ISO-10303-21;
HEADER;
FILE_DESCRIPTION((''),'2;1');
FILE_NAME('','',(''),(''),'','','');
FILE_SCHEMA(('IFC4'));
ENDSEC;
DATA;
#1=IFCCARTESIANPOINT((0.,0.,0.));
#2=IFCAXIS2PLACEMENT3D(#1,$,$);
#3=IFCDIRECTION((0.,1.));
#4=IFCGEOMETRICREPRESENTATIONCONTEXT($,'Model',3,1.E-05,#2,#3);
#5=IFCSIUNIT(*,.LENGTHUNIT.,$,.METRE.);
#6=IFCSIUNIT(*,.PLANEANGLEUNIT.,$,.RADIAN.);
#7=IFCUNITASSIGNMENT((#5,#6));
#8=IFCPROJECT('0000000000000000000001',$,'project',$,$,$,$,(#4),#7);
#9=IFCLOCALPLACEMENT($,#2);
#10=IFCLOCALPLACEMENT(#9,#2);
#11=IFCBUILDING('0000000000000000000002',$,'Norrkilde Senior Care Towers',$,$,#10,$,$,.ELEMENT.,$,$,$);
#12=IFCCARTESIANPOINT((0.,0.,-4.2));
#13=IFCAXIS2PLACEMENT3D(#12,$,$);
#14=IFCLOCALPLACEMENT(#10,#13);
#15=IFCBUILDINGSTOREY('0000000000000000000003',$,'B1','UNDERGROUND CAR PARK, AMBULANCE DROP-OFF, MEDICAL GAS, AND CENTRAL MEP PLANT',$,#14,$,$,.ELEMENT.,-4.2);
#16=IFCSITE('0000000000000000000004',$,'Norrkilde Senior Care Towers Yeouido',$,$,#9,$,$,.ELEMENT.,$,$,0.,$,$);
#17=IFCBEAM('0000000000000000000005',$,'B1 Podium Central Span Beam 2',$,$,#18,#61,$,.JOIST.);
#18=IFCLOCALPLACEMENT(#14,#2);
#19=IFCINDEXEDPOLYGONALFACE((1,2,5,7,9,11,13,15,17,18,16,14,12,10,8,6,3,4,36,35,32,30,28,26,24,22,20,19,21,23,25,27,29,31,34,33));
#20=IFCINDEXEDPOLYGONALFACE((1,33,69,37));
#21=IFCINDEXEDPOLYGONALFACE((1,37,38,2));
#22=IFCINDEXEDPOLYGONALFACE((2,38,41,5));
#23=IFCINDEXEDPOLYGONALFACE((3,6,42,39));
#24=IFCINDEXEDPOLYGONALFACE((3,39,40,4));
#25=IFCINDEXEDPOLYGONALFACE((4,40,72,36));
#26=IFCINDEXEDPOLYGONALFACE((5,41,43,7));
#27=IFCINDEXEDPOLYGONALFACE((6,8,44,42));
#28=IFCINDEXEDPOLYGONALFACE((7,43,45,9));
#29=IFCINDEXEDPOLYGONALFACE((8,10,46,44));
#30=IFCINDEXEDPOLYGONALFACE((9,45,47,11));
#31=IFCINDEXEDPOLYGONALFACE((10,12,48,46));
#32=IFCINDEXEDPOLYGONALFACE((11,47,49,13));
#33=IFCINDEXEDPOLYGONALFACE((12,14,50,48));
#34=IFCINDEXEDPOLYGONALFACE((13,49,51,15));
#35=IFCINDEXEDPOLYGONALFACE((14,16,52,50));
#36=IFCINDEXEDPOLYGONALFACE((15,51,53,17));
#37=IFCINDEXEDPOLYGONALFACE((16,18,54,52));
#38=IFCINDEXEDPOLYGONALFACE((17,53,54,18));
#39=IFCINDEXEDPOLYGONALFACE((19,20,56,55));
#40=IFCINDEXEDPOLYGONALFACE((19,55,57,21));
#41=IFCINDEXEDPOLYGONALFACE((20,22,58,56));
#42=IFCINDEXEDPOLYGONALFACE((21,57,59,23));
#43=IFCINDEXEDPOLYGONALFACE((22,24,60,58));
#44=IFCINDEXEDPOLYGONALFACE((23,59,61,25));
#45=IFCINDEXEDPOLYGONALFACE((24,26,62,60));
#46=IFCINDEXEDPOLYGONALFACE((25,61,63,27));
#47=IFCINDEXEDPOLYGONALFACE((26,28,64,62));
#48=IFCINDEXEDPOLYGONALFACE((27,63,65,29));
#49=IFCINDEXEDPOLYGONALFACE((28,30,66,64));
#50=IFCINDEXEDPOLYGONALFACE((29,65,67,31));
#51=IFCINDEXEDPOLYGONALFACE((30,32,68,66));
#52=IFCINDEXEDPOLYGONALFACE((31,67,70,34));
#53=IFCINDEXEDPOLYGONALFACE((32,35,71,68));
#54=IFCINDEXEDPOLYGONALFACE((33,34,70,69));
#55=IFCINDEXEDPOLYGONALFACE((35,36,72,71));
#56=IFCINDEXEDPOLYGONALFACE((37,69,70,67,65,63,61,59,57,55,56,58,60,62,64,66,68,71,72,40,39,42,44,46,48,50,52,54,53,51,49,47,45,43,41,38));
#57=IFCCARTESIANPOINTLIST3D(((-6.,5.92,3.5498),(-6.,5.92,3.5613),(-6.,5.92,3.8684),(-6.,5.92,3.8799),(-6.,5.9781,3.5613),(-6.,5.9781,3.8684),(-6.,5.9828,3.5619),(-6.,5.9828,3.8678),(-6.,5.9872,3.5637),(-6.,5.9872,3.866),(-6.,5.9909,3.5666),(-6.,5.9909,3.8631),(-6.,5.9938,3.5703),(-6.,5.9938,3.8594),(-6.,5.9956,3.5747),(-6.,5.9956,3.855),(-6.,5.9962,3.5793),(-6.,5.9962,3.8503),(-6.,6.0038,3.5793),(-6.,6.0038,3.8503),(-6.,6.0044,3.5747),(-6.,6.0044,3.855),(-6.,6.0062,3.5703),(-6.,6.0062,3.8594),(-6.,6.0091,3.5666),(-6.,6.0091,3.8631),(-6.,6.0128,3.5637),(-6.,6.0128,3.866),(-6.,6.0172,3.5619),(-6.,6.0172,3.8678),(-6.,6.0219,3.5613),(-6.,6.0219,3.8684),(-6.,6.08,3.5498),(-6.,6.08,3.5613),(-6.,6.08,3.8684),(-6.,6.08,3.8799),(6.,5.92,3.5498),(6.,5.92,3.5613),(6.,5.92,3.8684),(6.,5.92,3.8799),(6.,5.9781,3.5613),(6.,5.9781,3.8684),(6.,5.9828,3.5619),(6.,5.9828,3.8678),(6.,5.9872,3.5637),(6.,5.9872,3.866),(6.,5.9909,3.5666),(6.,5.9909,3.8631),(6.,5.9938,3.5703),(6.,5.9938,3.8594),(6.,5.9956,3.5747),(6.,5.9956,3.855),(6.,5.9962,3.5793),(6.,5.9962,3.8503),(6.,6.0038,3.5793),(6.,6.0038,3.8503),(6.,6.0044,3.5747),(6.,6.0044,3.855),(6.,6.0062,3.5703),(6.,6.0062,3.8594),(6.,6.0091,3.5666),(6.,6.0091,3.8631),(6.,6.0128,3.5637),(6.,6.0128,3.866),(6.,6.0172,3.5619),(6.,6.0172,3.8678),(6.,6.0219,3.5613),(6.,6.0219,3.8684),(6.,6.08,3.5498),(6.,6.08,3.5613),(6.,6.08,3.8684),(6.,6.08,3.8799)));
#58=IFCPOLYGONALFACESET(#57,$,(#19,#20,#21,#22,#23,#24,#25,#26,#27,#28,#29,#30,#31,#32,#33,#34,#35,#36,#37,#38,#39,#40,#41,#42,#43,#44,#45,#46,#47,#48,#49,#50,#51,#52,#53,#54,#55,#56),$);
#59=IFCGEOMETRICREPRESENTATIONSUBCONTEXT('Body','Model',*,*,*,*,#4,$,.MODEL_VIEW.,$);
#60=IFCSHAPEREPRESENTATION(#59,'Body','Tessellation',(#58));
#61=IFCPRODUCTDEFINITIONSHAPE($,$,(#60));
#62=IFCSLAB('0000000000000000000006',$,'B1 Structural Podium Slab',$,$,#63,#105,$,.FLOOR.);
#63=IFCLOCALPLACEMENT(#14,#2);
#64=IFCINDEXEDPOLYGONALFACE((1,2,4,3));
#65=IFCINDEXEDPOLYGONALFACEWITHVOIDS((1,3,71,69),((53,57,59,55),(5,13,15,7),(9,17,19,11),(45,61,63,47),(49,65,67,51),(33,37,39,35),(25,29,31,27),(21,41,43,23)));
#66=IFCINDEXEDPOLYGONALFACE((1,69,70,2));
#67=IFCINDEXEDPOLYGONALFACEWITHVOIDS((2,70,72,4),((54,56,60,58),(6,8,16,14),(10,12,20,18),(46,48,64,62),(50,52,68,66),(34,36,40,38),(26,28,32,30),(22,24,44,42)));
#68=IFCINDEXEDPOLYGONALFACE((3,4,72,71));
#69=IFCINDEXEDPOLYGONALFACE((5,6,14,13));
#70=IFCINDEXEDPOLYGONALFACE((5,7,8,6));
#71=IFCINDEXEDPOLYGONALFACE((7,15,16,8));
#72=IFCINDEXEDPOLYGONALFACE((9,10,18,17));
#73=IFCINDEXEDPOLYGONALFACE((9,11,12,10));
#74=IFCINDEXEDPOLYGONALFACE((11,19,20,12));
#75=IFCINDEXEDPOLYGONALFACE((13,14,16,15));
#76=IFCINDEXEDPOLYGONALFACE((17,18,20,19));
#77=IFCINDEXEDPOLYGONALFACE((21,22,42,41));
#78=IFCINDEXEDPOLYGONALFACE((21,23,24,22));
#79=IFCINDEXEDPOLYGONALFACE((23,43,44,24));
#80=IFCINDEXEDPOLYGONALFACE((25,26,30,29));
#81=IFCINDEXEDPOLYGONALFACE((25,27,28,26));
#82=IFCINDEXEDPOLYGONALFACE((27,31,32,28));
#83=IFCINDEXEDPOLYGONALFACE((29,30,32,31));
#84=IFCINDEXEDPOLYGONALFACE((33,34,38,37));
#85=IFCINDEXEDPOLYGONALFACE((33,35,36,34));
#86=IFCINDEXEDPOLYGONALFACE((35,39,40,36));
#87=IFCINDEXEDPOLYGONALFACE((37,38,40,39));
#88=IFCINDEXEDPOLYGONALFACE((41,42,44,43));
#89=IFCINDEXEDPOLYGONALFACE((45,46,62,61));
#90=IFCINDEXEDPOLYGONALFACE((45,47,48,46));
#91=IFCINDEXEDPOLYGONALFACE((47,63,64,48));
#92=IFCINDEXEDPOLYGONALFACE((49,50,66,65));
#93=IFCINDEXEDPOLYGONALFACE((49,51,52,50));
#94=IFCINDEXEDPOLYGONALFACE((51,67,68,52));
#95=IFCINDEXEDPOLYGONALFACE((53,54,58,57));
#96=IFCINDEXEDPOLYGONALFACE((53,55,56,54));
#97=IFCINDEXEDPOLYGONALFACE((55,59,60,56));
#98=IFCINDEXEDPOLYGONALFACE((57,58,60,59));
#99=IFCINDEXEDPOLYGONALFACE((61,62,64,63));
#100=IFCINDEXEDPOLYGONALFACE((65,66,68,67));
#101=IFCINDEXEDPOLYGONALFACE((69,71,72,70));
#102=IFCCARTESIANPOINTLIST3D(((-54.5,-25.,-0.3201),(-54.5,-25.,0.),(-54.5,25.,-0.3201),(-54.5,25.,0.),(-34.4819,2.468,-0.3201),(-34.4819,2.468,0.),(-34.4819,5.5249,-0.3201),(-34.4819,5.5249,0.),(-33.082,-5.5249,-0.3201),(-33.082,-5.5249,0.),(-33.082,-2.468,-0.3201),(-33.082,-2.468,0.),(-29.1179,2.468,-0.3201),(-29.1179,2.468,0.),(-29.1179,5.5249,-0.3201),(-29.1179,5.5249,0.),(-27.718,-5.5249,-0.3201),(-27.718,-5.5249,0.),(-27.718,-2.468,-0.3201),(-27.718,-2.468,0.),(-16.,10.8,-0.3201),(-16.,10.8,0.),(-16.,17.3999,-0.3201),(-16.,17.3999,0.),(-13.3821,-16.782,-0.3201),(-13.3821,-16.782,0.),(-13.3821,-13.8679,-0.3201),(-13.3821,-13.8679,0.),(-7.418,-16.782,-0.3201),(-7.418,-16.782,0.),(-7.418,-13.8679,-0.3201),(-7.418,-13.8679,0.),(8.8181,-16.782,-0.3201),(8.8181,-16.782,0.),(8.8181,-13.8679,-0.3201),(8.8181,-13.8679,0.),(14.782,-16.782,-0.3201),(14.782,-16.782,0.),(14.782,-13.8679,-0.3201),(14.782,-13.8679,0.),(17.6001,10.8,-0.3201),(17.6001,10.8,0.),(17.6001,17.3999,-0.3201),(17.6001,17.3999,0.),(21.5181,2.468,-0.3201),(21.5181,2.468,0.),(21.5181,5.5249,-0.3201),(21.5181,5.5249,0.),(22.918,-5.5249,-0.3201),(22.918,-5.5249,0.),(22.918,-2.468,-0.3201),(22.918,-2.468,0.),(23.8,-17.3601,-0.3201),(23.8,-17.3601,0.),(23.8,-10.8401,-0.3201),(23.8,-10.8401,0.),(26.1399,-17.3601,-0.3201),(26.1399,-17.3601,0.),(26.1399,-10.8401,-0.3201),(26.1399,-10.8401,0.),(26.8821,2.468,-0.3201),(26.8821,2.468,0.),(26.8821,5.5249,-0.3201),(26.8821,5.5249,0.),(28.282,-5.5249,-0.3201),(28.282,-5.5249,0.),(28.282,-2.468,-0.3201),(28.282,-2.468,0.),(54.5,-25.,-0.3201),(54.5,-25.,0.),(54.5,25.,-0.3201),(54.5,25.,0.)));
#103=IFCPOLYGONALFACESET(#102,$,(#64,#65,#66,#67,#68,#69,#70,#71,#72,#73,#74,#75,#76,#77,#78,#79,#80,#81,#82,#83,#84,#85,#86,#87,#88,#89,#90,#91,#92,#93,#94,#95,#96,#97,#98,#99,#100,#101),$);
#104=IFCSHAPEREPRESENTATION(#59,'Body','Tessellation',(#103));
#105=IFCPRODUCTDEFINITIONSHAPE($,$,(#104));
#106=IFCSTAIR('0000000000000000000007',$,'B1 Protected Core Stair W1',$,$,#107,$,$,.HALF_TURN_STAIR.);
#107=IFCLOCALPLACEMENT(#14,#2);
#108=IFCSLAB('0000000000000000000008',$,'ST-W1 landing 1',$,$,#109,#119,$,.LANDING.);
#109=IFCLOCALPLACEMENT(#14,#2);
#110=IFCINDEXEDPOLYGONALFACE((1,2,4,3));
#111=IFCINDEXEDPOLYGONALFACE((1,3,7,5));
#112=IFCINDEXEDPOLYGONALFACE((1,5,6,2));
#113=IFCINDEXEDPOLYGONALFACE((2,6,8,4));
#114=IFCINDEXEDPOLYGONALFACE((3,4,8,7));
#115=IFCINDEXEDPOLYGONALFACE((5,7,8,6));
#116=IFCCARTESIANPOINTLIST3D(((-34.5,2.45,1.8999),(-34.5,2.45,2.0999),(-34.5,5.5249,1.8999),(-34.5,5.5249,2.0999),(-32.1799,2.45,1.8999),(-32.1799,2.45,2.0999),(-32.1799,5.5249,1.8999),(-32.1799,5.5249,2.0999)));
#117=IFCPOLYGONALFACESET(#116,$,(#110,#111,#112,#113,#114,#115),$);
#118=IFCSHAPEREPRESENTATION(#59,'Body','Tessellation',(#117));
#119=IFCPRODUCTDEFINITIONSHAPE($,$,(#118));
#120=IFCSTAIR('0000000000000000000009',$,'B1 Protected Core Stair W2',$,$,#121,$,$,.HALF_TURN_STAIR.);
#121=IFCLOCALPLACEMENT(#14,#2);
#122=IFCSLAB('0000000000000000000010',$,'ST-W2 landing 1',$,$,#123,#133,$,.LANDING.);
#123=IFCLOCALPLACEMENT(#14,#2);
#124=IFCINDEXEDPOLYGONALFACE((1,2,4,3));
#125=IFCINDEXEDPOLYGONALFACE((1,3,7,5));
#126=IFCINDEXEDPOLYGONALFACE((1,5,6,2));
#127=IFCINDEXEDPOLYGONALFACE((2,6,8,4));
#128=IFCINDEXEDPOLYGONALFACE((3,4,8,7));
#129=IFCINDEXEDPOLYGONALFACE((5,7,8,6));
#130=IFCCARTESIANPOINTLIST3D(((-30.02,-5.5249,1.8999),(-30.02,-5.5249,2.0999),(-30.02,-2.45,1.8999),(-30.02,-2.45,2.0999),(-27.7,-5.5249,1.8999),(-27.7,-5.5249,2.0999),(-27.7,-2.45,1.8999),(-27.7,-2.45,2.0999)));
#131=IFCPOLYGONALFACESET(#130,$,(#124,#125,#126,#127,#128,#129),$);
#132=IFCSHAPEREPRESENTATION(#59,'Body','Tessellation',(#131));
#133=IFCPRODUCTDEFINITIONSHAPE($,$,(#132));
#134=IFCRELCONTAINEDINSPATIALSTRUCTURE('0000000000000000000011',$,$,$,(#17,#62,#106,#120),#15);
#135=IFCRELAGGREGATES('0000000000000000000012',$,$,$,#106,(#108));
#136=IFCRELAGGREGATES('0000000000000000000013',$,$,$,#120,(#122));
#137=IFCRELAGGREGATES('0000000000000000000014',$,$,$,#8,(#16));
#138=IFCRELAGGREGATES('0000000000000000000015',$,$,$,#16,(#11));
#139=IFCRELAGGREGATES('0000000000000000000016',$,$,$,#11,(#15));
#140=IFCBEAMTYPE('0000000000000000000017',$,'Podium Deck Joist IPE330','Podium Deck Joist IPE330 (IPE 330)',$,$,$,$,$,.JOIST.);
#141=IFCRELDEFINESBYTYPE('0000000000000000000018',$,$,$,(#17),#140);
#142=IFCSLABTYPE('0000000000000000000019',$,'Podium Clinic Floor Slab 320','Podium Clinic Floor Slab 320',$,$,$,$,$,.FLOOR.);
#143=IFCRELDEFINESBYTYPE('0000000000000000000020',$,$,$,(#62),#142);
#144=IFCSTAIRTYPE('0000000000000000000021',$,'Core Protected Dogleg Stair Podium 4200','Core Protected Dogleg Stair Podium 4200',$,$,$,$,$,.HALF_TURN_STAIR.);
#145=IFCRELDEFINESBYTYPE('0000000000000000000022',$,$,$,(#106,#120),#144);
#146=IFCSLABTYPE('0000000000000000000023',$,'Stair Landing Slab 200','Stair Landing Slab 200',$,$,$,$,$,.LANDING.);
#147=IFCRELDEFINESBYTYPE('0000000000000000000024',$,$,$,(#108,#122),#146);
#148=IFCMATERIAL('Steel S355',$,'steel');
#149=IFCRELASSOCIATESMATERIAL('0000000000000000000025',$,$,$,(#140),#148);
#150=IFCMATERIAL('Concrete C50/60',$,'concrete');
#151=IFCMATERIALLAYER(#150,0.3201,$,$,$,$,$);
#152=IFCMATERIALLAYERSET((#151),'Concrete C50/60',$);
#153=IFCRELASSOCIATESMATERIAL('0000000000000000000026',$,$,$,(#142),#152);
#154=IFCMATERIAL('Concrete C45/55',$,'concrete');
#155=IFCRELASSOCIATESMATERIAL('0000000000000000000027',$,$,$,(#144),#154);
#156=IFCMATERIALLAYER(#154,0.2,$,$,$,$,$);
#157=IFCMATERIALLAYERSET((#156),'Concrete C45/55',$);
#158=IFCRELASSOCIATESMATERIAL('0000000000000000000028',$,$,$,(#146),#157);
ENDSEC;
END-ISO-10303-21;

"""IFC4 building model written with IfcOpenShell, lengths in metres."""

from ifc_helpers import new_model, si_unit, direction, frame, origin, origin_2d, place, context, subcontext, project, spatial, polyline, i_section, outline, extrude, source, transform, mapped, material, layer, layer_set, material_profile, profile_set, type_object, type_shapes, element, aggregate, save


model = new_model("IFC4")

# Units and contexts
model_context = context("Model", 3, precision=1e-05, world=origin(), true_north=direction((0.0, 1.0)))
body_context = subcontext(model_context, "Body", "Model", "MODEL_VIEW")
ifc_project = project(units=[si_unit("LENGTHUNIT", "METRE"), si_unit("PLANEANGLEUNIT", "RADIAN")], contexts=[model_context])

# Site, building, storey
site_placement = place(None, origin())
site = spatial("IfcSite", under=ifc_project, at=site_placement, Name="Norrkilde Senior Care Towers Yeouido", CompositionType="ELEMENT", RefElevation=0.0)
building_placement = place(site_placement, origin())
building = spatial("IfcBuilding", under=site, at=building_placement, Name="Norrkilde Senior Care Towers", CompositionType="ELEMENT")
storey_placement = place(building_placement, frame((0.0, 0.0, -4.2)))
storey = spatial("IfcBuildingStorey", under=building, at=storey_placement, Name="B1", Description="UNDERGROUND CAR PARK, AMBULANCE DROP-OFF, MEDICAL GAS, AND CENTRAL MEP PLANT", CompositionType="ELEMENT", Elevation=-4.2)

# Beam
ifc_material_1 = material(Name="Concrete C50/60", Category="concrete")
ifc_material_2 = material(Name="Steel S355", Category="steel")
ifc_material_profile_1 = material_profile(ifc_material_2, i_section(OverallWidth=0.1599, OverallDepth=0.3301, WebThickness=0.0076, FlangeThickness=0.0115, FilletRadius=0.0181, at=origin_2d()), Name="IPE 330")
ifc_profile_set_1 = profile_set([ifc_material_profile_1], Name="Steel S355")
beam_type_1 = type_object("IfcBeamType", Name="Podium Deck Joist IPE330", Description="Podium Deck Joist IPE330 (IPE 330)", PredefinedType="JOIST", material=ifc_profile_set_1)
shared_shape_1 = source(origin(), body_context, "Body", "SweptSolid", [
    extrude(i_section(OverallWidth=0.1599, OverallDepth=0.3301, WebThickness=0.0076, FlangeThickness=0.0115, FilletRadius=0.0181, at=origin_2d()), origin(), (0.0, 0.0, 1.0), 12.0),
])
type_shapes(beam_type_1, [shared_shape_1])
beam_1_placement = place(storey_placement, frame((-6.0, 6.0, 3.7148), z_axis=(1.0, 0.0, 0.0), x_axis=(0.0, 1.0, 0.0)))
element("IfcBeam", 1, at=beam_1_placement, inside=storey, type_object=beam_type_1, Name="B1 Podium Central Span Beam 2", PredefinedType="JOIST", context=body_context, shape_type="MappedRepresentation", body=[
    mapped(shared_shape_1, transform((0.0, 0.0, 0.0), x_axis=(1.0, 0.0, 0.0), y_axis=(0.0, 1.0, 0.0), z_axis=(0.0, 0.0, 1.0), scale=1.0)),
])

# Slab
ifc_layer_1 = layer(ifc_material_1, 0.3201)
ifc_layer_set_1 = layer_set([ifc_layer_1], Name="Concrete C50/60")
slab_type_1 = type_object("IfcSlabType", Name="Podium Clinic Floor Slab 320", Description="Podium Clinic Floor Slab 320", PredefinedType="FLOOR", material=ifc_layer_set_1)
slab_1_placement = place(storey_placement, frame((0.0, 0.0, -0.3201)))
element("IfcSlab", 2, at=slab_1_placement, inside=storey, type_object=slab_type_1, Name="B1 Structural Podium Slab", PredefinedType="FLOOR", context=body_context, shape_type="SweptSolid", body=[
    extrude(outline(polyline([(54.5, -25.0), (-54.5, -25.0), (-54.5, 25.0), (54.5, 25.0), (54.5, -25.0)]), holes=[polyline([(-29.1179, 5.5249), (-34.4819, 5.5249), (-34.4819, 2.468), (-29.1179, 2.468), (-29.1179, 5.5249)]), polyline([(-33.082, -2.468), (-33.082, -5.5249), (-27.718, -5.5249), (-27.718, -2.468), (-33.082, -2.468)]), polyline([(21.5181, 2.468), (26.8821, 2.468), (26.8821, 5.5249), (21.5181, 5.5249), (21.5181, 2.468)]), polyline([(28.282, -5.5249), (28.282, -2.468), (22.918, -2.468), (22.918, -5.5249), (28.282, -5.5249)]), polyline([(-13.3821, -16.782), (-7.418, -16.782), (-7.418, -13.8679), (-13.3821, -13.8679), (-13.3821, -16.782)]), polyline([(8.8181, -13.8679), (8.8181, -16.782), (14.782, -16.782), (14.782, -13.8679), (8.8181, -13.8679)]), polyline([(17.6001, 17.3999), (-16.0, 17.3999), (-16.0, 10.8), (17.6001, 10.8), (17.6001, 17.3999)]), polyline([(26.1399, -10.8401), (23.8, -10.8401), (23.8, -17.3601), (26.1399, -17.3601), (26.1399, -10.8401)])]), origin(), (0.0, 0.0, 1.0), 0.3201),
])

# Stairs, slabs
ifc_material_3 = material(Name="Concrete C45/55", Category="concrete")
stair_type = type_object("IfcStairType", Name="Core Protected Dogleg Stair Podium 4200", Description="Core Protected Dogleg Stair Podium 4200", PredefinedType="HALF_TURN_STAIR", material=ifc_material_3)
stair_1_placement = place(storey_placement, origin())
stair_1 = element("IfcStair", 3, at=stair_1_placement, inside=storey, type_object=stair_type, Name="B1 Protected Core Stair W1", PredefinedType="HALF_TURN_STAIR")
ifc_layer_2 = layer(ifc_material_3, 0.2)
ifc_layer_set_2 = layer_set([ifc_layer_2], Name="Concrete C45/55")
slab_type_2 = type_object("IfcSlabType", Name="Stair Landing Slab 200", Description="Stair Landing Slab 200", PredefinedType="LANDING", material=ifc_layer_set_2)
slab_2_placement = place(storey_placement, frame((0.0, 0.0, 1.8999)))
slab_2 = element("IfcSlab", 4, at=slab_2_placement, type_object=slab_type_2, Name="ST-W1 landing 1", PredefinedType="LANDING", context=body_context, shape_type="SweptSolid", body=[
    extrude(outline(polyline([(-32.1799, 5.5249), (-34.5, 5.5249), (-34.5, 2.45), (-32.1799, 2.45), (-32.1799, 5.5249)])), origin(), (0.0, 0.0, 1.0), 0.2),
])
aggregate(stair_1, [slab_2])
stair_2_placement = place(storey_placement, origin())
stair_2 = element("IfcStair", 5, at=stair_2_placement, inside=storey, type_object=stair_type, Name="B1 Protected Core Stair W2", PredefinedType="HALF_TURN_STAIR")
slab_3_placement = place(storey_placement, frame((0.0, 0.0, 1.8999)))
slab_3 = element("IfcSlab", 6, at=slab_3_placement, type_object=slab_type_2, Name="ST-W2 landing 1", PredefinedType="LANDING", context=body_context, shape_type="SweptSolid", body=[
    extrude(outline(polyline([(-30.02, -5.5249), (-27.7, -5.5249), (-27.7, -2.45), (-30.02, -2.45), (-30.02, -5.5249)])), origin(), (0.0, 0.0, 1.0), 0.2),
])
aggregate(stair_2, [slab_3])

save(model, "model.ifc")
